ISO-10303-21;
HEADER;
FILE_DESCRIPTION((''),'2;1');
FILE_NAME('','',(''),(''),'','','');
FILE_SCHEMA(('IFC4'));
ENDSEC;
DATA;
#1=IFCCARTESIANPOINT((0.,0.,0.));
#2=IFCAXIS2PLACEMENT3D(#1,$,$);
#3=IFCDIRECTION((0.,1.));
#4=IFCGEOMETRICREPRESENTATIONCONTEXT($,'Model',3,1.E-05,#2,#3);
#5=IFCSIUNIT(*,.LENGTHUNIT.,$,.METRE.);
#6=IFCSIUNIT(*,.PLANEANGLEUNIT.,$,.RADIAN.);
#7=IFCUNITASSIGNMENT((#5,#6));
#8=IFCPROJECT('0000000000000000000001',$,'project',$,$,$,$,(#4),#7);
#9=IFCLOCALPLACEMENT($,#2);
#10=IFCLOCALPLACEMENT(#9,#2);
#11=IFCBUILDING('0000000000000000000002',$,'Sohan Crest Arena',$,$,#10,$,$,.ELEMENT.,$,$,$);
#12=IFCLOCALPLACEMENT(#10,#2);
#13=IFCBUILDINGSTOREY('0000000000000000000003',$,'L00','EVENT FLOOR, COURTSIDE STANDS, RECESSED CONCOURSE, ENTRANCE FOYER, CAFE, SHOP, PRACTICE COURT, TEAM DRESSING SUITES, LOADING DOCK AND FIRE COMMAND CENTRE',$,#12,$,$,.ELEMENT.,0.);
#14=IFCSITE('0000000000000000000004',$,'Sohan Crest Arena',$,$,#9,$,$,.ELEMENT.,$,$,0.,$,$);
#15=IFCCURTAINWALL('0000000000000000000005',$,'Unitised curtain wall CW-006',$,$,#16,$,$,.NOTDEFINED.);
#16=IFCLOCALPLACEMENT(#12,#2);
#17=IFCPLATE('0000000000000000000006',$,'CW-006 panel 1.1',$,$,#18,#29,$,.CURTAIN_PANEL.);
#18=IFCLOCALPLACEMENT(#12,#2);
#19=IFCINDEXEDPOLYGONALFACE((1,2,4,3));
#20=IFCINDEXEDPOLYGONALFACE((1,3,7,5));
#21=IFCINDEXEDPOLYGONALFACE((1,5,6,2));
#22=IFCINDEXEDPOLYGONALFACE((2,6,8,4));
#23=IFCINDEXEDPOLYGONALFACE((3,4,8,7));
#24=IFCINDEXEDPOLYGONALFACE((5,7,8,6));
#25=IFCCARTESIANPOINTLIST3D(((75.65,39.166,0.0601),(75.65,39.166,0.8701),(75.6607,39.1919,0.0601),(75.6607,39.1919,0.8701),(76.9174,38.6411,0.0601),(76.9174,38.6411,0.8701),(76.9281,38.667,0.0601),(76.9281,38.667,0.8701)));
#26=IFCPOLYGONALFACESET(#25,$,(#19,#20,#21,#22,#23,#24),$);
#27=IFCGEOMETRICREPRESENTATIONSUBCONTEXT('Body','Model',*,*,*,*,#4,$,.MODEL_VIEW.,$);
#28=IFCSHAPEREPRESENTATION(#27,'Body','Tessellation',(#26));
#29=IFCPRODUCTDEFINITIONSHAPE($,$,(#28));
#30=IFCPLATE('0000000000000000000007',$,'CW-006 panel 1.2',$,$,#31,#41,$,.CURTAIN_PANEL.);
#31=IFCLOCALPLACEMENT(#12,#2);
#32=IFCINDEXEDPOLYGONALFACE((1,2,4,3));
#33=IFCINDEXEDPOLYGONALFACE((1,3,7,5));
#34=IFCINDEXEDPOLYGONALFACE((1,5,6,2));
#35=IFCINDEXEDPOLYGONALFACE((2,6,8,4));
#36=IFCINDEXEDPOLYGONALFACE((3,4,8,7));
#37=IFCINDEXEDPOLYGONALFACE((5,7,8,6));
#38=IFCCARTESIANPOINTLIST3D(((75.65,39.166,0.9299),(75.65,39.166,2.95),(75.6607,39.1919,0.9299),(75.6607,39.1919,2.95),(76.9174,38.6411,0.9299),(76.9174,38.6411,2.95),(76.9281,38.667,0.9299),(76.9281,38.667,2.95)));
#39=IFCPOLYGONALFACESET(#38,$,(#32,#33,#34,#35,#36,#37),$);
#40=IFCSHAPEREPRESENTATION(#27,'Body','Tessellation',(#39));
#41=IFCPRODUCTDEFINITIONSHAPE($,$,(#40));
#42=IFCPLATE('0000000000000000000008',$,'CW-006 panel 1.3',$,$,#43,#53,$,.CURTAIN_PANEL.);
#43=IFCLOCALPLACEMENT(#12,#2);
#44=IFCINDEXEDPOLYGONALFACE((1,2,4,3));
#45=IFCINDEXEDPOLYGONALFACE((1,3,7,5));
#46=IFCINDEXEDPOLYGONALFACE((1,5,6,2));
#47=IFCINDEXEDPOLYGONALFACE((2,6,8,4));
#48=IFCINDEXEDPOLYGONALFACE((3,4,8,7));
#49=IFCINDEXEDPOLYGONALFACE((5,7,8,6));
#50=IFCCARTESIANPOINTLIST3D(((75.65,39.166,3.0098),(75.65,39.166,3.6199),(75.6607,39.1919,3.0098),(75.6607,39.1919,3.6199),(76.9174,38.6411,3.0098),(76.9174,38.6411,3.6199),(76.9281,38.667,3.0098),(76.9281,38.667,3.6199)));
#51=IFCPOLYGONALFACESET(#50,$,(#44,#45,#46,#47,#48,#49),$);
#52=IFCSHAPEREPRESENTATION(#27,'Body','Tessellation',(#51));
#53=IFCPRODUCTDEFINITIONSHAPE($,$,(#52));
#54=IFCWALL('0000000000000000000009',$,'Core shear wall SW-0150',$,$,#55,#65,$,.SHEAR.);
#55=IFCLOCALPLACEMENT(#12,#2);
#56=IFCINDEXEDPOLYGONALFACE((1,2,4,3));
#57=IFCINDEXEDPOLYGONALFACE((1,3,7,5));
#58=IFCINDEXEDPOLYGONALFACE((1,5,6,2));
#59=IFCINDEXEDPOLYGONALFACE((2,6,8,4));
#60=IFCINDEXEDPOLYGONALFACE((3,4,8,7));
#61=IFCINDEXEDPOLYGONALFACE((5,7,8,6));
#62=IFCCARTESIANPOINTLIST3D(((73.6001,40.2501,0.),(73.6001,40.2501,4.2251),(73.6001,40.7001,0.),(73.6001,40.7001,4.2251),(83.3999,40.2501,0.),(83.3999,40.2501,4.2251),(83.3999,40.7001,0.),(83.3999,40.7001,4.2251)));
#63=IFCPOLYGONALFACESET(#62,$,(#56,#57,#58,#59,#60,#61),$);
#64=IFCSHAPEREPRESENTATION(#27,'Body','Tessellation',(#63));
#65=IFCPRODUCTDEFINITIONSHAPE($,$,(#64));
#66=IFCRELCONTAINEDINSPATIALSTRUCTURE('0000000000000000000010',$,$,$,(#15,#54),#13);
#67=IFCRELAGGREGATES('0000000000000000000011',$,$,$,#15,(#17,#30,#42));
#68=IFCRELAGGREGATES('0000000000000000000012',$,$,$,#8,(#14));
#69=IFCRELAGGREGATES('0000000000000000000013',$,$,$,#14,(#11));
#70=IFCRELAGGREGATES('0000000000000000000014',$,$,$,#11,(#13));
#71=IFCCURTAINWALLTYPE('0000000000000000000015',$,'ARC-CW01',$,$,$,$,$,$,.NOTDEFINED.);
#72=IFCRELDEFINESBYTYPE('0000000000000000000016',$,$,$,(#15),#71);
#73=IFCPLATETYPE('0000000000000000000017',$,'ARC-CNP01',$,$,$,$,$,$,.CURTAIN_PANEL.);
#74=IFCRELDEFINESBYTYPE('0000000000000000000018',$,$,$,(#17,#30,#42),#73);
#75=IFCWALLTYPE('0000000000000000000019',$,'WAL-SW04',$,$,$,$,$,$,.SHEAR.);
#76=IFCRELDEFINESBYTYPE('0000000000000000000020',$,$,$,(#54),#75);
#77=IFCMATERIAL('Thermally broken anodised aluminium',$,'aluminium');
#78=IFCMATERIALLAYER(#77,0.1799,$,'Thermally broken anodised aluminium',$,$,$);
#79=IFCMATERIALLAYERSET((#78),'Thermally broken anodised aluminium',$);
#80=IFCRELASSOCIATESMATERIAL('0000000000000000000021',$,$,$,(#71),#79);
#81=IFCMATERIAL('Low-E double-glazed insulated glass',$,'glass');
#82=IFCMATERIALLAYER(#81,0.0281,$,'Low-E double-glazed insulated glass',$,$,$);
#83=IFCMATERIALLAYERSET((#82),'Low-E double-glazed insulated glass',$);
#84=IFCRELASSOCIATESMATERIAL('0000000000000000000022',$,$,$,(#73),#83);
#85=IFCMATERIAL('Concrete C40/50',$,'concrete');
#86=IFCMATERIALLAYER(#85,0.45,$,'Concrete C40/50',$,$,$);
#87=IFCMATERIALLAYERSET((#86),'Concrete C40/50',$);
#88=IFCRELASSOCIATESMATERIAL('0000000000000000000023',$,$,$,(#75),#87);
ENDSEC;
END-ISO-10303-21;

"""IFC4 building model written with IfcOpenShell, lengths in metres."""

from ifc_helpers import new_model, si_unit, direction, frame, frame_2d, origin, origin_2d, place, context, subcontext, project, spatial, rectangle, extrude, material, layer, layer_set, type_object, element, aggregate, save


model = new_model("IFC4")

# Units and contexts
model_context = context("Model", 3, precision=1e-05, world=origin(), true_north=direction((0.0, 1.0)))
body_context = subcontext(model_context, "Body", "Model", "MODEL_VIEW")
ifc_project = project(units=[si_unit("LENGTHUNIT", "METRE"), si_unit("PLANEANGLEUNIT", "RADIAN")], contexts=[model_context])

# Site, building, storey
site_placement = place(None, origin())
site = spatial("IfcSite", under=ifc_project, at=site_placement, Name="Sohan Crest Arena", CompositionType="ELEMENT", RefElevation=0.0)
building_placement = place(site_placement, origin())
building = spatial("IfcBuilding", under=site, at=building_placement, Name="Sohan Crest Arena", CompositionType="ELEMENT")
storey_placement = place(building_placement, origin())
storey = spatial("IfcBuildingStorey", under=building, at=storey_placement, Name="L00", Description="EVENT FLOOR, COURTSIDE STANDS, RECESSED CONCOURSE, ENTRANCE FOYER, CAFE, SHOP, PRACTICE COURT, TEAM DRESSING SUITES, LOADING DOCK AND FIRE COMMAND CENTRE", CompositionType="ELEMENT", Elevation=0.0)

# Shared definitions
ifc_material_1 = material(Name="Concrete C40/50", Category="concrete")

# Curtain wall
ifc_material_2 = material(Name="Thermally broken anodised aluminium", Category="aluminium")
ifc_layer_1 = layer(ifc_material_2, 0.1799, Name="Thermally broken anodised aluminium")
ifc_layer_set_1 = layer_set([ifc_layer_1], Name="Thermally broken anodised aluminium")
curtain_wall_type = type_object("IfcCurtainWallType", Name="ARC-CW01", PredefinedType="NOTDEFINED", material=ifc_layer_set_1)
curtain_wall_1_placement = place(storey_placement, origin())
curtain_wall_1 = element("IfcCurtainWall", 1, at=curtain_wall_1_placement, inside=storey, type_object=curtain_wall_type, Name="Unitised curtain wall CW-006", PredefinedType="NOTDEFINED")

# Plates
ifc_material_3 = material(Name="Low-E double-glazed insulated glass", Category="glass")
ifc_layer_2 = layer(ifc_material_3, 0.0281, Name="Low-E double-glazed insulated glass")
ifc_layer_set_2 = layer_set([ifc_layer_2], Name="Low-E double-glazed insulated glass")
plate_type = type_object("IfcPlateType", Name="ARC-CNP01", PredefinedType="CURTAIN_PANEL", material=ifc_layer_set_2)
plate_1_placement = place(storey_placement, frame((76.2891, 38.9165, 0.0601), z_axis=(0.0, 0.0, 1.0), x_axis=(0.923897, -0.382641, 0.0)))
plate_1 = element("IfcPlate", 2, at=plate_1_placement, type_object=plate_type, Name="CW-006 panel 1.1", PredefinedType="CURTAIN_PANEL", context=body_context, shape_type="SweptSolid", body=[
    extrude(rectangle(XDim=1.3718, YDim=0.0281, at=origin_2d()), origin(), (0.0, 0.0, 1.0), 0.8101),
])
plate_2_placement = place(storey_placement, frame((76.2891, 38.9165, 0.9299), z_axis=(0.0, 0.0, 1.0), x_axis=(0.923897, -0.382641, 0.0)))
plate_2 = element("IfcPlate", 3, at=plate_2_placement, type_object=plate_type, Name="CW-006 panel 1.2", PredefinedType="CURTAIN_PANEL", context=body_context, shape_type="SweptSolid", body=[
    extrude(rectangle(XDim=1.3718, YDim=0.0281, at=origin_2d()), origin(), (0.0, 0.0, 1.0), 2.02),
])
plate_3_placement = place(storey_placement, frame((76.2891, 38.9165, 3.0098), z_axis=(0.0, 0.0, 1.0), x_axis=(0.923897, -0.382641, 0.0)))
plate_3 = element("IfcPlate", 4, at=plate_3_placement, type_object=plate_type, Name="CW-006 panel 1.3", PredefinedType="CURTAIN_PANEL", context=body_context, shape_type="SweptSolid", body=[
    extrude(rectangle(XDim=1.3718, YDim=0.0281, at=origin_2d()), origin(), (0.0, 0.0, 1.0), 0.6101),
])
aggregate(curtain_wall_1, [plate_1, plate_2, plate_3])

# Wall
ifc_layer_3 = layer(ifc_material_1, 0.45, Name="Concrete C40/50")
ifc_layer_set_3 = layer_set([ifc_layer_3], Name="Concrete C40/50")
wall_type = type_object("IfcWallType", Name="WAL-SW04", PredefinedType="SHEAR", material=ifc_layer_set_3)
wall_placement = place(storey_placement, frame((73.6001, 40.4751, 0.0), z_axis=(0.0, 0.0, 1.0), x_axis=(1.0, 0.0, 0.0)))
element("IfcWall", 5, at=wall_placement, inside=storey, type_object=wall_type, Name="Core shear wall SW-0150", PredefinedType="SHEAR", context=body_context, shape_type="SweptSolid", body=[
    extrude(rectangle(XDim=9.7998, YDim=0.45, at=frame_2d((4.8999, 0.0))), origin(), (0.0, 0.0, 1.0), 4.2251),
])

save(model, "model.ifc")
